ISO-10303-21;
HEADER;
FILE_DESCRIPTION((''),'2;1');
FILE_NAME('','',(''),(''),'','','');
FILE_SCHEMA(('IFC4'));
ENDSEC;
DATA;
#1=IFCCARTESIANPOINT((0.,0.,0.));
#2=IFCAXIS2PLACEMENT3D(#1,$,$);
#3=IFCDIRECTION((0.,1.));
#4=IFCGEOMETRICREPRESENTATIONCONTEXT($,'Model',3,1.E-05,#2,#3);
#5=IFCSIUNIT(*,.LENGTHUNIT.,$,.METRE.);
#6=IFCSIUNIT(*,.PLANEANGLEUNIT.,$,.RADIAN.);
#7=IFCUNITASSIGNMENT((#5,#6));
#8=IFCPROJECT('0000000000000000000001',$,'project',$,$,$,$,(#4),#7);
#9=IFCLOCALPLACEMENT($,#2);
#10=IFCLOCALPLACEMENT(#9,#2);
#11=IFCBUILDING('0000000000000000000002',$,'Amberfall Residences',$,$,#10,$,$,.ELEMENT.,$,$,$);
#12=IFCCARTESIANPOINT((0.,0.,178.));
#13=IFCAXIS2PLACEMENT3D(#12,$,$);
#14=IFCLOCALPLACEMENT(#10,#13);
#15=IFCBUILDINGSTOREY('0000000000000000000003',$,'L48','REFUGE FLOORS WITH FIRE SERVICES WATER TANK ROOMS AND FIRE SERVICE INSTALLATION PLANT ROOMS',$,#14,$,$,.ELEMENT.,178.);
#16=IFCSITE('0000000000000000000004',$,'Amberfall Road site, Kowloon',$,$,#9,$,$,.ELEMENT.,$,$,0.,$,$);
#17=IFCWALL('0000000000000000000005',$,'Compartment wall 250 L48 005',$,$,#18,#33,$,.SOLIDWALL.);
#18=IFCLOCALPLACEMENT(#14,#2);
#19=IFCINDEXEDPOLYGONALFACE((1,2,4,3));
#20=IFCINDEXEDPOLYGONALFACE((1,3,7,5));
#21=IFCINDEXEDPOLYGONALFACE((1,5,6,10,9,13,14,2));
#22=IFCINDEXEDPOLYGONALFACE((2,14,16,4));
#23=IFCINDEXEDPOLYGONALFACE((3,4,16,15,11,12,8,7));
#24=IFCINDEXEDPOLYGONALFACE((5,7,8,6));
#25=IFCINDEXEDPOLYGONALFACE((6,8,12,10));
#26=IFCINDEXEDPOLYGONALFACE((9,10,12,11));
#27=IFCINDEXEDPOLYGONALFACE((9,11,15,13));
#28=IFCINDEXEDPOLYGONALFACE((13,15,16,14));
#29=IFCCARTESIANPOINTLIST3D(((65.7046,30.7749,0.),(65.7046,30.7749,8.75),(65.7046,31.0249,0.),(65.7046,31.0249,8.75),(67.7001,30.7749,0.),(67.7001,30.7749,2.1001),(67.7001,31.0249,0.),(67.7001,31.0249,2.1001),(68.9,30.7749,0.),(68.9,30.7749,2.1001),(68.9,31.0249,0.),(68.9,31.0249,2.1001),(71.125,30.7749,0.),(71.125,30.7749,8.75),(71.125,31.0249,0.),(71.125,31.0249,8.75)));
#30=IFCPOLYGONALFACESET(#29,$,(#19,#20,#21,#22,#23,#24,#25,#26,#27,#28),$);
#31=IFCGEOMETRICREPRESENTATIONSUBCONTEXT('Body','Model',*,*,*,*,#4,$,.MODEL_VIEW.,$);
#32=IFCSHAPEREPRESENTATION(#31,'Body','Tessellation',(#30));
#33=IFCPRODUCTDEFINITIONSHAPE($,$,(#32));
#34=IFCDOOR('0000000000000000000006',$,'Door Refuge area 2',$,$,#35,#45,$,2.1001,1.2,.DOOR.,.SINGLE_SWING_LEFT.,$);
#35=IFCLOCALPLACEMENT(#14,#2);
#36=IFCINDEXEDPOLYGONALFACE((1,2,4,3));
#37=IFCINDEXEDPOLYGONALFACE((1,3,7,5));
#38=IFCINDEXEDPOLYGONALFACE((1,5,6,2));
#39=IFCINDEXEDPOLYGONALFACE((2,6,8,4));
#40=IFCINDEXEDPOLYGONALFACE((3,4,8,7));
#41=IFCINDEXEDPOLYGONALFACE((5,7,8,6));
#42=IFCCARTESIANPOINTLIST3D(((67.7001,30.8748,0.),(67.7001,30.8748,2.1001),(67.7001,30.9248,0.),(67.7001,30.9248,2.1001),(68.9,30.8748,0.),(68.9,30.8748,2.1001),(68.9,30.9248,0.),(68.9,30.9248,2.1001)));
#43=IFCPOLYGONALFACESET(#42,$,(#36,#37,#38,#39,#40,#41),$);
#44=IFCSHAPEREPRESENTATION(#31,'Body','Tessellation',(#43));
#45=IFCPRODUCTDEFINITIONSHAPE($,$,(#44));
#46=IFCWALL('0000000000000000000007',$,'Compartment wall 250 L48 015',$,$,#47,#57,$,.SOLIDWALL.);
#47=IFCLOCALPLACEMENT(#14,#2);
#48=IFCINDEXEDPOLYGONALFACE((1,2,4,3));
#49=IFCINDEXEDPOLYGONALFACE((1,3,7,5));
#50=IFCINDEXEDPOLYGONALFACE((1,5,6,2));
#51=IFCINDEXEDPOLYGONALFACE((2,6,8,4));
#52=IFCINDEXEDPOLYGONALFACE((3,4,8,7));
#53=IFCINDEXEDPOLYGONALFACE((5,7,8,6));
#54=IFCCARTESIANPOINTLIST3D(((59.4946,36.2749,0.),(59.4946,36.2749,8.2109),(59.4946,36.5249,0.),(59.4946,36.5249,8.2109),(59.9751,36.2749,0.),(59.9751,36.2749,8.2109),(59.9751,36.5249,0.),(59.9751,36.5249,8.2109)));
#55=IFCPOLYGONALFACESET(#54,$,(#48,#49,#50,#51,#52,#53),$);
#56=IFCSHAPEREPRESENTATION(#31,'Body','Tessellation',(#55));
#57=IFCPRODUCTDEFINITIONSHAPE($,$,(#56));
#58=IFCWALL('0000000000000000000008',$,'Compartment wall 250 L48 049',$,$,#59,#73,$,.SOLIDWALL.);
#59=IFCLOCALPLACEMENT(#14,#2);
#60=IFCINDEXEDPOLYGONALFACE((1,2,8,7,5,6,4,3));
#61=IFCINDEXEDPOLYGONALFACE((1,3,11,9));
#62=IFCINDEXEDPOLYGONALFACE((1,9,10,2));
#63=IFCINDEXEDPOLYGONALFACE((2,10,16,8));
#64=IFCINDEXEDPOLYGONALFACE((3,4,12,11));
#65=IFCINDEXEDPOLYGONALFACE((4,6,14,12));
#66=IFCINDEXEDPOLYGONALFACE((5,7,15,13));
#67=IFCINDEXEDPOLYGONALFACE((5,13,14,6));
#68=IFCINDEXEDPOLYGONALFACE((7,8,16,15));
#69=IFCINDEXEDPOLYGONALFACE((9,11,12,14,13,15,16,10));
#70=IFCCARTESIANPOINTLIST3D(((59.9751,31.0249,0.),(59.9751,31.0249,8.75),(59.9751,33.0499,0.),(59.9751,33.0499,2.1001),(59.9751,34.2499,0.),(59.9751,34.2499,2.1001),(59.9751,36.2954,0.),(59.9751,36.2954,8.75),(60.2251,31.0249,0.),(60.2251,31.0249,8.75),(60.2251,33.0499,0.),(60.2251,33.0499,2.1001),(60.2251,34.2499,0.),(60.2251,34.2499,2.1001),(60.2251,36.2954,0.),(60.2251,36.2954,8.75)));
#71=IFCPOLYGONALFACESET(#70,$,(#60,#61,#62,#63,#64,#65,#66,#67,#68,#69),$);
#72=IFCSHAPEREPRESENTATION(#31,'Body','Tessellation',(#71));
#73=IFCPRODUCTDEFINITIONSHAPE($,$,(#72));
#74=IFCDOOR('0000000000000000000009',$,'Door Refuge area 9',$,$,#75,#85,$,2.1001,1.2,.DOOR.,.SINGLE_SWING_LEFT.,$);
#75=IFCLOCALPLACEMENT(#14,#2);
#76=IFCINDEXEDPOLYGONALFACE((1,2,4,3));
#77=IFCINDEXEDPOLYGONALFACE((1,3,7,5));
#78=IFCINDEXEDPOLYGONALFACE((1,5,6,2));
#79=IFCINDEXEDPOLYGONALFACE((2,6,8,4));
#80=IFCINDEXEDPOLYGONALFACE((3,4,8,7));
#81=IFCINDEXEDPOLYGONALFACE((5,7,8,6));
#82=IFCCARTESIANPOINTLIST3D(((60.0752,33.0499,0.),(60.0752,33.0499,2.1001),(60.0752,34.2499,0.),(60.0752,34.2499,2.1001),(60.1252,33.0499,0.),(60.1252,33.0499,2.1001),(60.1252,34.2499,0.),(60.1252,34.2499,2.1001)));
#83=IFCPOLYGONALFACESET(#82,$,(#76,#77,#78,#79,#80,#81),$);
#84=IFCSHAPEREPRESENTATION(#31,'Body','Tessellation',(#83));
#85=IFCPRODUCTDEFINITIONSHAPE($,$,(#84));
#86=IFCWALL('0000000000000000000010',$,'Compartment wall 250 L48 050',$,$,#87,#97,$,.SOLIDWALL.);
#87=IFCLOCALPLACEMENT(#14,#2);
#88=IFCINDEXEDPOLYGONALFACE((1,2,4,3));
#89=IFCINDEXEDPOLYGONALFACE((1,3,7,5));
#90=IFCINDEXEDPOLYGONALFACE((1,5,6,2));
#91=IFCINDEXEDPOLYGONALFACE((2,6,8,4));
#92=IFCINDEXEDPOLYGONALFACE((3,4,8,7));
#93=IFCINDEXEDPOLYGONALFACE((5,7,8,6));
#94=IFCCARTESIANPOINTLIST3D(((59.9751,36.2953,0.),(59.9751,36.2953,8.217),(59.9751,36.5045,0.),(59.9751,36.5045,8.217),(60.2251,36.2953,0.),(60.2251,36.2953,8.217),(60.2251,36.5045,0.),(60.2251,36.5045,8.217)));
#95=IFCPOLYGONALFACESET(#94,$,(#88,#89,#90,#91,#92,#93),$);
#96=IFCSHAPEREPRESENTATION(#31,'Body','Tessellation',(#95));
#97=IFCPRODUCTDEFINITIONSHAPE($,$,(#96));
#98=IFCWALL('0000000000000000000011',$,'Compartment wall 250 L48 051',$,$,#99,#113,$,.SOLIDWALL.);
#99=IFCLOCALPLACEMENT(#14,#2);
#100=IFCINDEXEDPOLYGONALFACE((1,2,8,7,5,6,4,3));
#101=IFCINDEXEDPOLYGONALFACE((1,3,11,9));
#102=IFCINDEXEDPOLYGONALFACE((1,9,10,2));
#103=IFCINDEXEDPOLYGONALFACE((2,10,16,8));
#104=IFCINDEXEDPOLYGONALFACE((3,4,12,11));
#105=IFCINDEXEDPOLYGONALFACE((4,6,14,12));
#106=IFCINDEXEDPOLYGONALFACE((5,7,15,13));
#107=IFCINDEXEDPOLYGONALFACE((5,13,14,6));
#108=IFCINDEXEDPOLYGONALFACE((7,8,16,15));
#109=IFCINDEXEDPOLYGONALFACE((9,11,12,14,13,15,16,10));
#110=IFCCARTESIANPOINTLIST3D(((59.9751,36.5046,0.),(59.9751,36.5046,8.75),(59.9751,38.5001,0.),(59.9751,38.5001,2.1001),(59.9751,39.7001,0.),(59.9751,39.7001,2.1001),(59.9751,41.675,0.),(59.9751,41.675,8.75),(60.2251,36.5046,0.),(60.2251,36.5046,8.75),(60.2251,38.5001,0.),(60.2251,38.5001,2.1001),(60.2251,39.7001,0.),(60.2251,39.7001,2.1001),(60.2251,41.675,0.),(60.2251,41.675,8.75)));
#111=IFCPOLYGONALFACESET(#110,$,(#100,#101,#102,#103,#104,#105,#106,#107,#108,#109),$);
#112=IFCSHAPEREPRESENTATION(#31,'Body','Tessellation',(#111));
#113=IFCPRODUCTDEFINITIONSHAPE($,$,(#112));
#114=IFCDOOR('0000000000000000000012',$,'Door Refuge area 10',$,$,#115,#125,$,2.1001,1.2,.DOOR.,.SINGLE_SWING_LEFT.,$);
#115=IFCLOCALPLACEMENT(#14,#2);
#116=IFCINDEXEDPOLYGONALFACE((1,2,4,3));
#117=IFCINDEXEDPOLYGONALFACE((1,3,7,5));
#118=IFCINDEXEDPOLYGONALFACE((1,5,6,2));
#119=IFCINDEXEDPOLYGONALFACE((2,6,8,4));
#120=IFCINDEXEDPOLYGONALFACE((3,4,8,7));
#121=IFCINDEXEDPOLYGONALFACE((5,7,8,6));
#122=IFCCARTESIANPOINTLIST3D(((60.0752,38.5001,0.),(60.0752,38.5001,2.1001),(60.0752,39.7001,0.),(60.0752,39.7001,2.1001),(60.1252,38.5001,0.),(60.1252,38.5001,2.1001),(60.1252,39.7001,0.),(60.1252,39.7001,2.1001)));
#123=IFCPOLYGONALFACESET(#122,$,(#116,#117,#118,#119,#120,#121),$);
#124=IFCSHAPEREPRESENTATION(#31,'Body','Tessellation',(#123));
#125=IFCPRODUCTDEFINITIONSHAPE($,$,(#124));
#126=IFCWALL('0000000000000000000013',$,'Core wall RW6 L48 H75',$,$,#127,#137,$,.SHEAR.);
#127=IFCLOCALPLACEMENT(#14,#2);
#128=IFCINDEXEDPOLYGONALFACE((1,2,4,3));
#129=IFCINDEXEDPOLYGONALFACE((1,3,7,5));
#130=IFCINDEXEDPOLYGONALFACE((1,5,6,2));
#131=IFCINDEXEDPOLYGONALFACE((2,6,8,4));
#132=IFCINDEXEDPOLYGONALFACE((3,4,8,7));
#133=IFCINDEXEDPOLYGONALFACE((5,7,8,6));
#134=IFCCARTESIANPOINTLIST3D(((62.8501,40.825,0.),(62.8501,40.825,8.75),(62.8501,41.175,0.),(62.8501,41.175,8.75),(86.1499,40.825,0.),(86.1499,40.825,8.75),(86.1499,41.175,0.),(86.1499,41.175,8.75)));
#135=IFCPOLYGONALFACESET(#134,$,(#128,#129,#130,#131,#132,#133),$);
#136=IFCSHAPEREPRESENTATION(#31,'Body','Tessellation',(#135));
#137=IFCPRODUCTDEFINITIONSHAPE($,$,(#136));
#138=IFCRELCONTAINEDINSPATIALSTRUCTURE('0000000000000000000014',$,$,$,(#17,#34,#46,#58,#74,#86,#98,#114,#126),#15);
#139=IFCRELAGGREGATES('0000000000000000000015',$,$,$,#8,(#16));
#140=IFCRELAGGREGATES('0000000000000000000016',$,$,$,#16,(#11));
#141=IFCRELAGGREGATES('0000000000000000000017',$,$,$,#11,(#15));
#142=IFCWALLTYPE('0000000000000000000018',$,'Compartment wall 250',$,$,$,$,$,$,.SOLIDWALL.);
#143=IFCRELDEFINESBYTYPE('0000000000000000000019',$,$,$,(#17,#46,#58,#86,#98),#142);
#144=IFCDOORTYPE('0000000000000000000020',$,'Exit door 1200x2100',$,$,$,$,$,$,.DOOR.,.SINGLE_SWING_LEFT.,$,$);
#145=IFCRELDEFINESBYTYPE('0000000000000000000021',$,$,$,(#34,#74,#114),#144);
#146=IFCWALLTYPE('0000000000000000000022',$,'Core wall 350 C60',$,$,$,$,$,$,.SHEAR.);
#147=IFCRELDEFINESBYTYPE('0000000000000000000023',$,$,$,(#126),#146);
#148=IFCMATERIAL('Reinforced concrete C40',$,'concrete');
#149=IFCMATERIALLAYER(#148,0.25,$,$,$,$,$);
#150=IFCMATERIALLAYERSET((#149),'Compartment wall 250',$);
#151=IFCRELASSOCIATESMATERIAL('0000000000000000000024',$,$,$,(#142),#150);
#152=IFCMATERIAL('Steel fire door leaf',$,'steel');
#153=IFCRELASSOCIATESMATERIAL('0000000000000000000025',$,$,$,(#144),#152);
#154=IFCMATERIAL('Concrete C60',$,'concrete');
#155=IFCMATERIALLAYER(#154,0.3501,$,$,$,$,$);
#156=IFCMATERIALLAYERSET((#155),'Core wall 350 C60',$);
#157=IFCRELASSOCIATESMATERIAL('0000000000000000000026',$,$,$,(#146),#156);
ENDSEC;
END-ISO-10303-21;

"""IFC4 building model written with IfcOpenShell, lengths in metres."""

from ifc_helpers import new_model, si_unit, direction, frame, frame_2d, origin, place, context, subcontext, project, spatial, rectangle, extrude, material, layer, layer_set, type_object, element, fill, save


model = new_model("IFC4")

# Units and contexts
model_context = context("Model", 3, precision=1e-05, world=origin(), true_north=direction((0.0, 1.0)))
body_context = subcontext(model_context, "Body", "Model", "MODEL_VIEW")
ifc_project = project(units=[si_unit("LENGTHUNIT", "METRE"), si_unit("PLANEANGLEUNIT", "RADIAN")], contexts=[model_context])

# Site, building, storey
site_placement = place(None, origin())
site = spatial("IfcSite", under=ifc_project, at=site_placement, Name="Amberfall Road site, Kowloon", CompositionType="ELEMENT", RefElevation=0.0)
building_placement = place(site_placement, origin())
building = spatial("IfcBuilding", under=site, at=building_placement, Name="Amberfall Residences", CompositionType="ELEMENT")
storey_placement = place(building_placement, frame((0.0, 0.0, 178.0)))
storey = spatial("IfcBuildingStorey", under=building, at=storey_placement, Name="L48", Description="REFUGE FLOORS WITH FIRE SERVICES WATER TANK ROOMS AND FIRE SERVICE INSTALLATION PLANT ROOMS", CompositionType="ELEMENT", Elevation=178.0)

# Wall, opening, door
ifc_material_1 = material(Name="Reinforced concrete C40", Category="concrete")
ifc_layer_1 = layer(ifc_material_1, 0.25)
ifc_layer_set_1 = layer_set([ifc_layer_1], Name="Compartment wall 250")
wall_type_1 = type_object("IfcWallType", Name="Compartment wall 250", PredefinedType="SOLIDWALL", material=ifc_layer_set_1)
wall_1_placement = place(storey_placement, frame((65.7046, 30.8999, 0.0), z_axis=(0.0, 0.0, 1.0), x_axis=(1.0, 0.0, 0.0)))
wall_1 = element("IfcWall", 1, at=wall_1_placement, inside=storey, type_object=wall_type_1, Name="Compartment wall 250 L48 005", PredefinedType="SOLIDWALL", context=body_context, shape_type="SweptSolid", body=[
    extrude(rectangle(XDim=5.4204, YDim=0.25, at=frame_2d((2.7102, 0.0))), origin(), (0.0, 0.0, 1.0), 8.75),
])
opening_1_placement = place(wall_1_placement, frame((1.9954, 0.0, 0.0)))
opening_1 = element("IfcOpeningElement", 2, at=opening_1_placement, cuts=wall_1, PredefinedType="OPENING", context=body_context, shape_type="SweptSolid", body=[
    extrude(rectangle(XDim=1.2, YDim=2.1001, at=frame_2d((0.6001, 1.05))), frame((0.0, 0.135, 0.0), z_axis=(0.0, -1.0, 0.0), x_axis=(1.0, 0.0, 0.0)), (0.0, 0.0, 1.0), 0.27),
])
ifc_material_2 = material(Name="Steel fire door leaf", Category="steel")
door_type_1 = type_object("IfcDoorType", Name="Exit door 1200x2100", OperationType="SINGLE_SWING_LEFT", PredefinedType="DOOR", material=ifc_material_2)
door_1_placement = place(opening_1_placement, origin())
door_1 = element("IfcDoor", 3, at=door_1_placement, inside=storey, type_object=door_type_1, Name="Door Refuge area 2", OperationType="SINGLE_SWING_LEFT", OverallHeight=2.1001, OverallWidth=1.2, PredefinedType="DOOR", context=body_context, shape_type="SweptSolid", body=[
    extrude(rectangle(XDim=1.2, YDim=2.1001, at=frame_2d((0.6001, 1.05))), frame((0.0, 0.0249, 0.0), z_axis=(0.0, -1.0, 0.0), x_axis=(1.0, 0.0, 0.0)), (0.0, 0.0, 1.0), 0.05),
])
fill(opening_1, door_1)

# Wall
wall_2_placement = place(storey_placement, frame((59.4946, 36.3999, 0.0), z_axis=(0.0, 0.0, 1.0), x_axis=(1.0, 0.0, 0.0)))
element("IfcWall", 4, at=wall_2_placement, inside=storey, type_object=wall_type_1, Name="Compartment wall 250 L48 015", PredefinedType="SOLIDWALL", context=body_context, shape_type="SweptSolid", body=[
    extrude(rectangle(XDim=0.4805, YDim=0.25, at=frame_2d((0.2402, 0.0))), origin(), (0.0, 0.0, 1.0), 8.2109),
])

# Wall, opening, door
wall_3_placement = place(storey_placement, frame((60.1001, 31.0249, 0.0), z_axis=(0.0, 0.0, 1.0), x_axis=(0.0, 1.0, 0.0)))
wall_3 = element("IfcWall", 5, at=wall_3_placement, inside=storey, type_object=wall_type_1, Name="Compartment wall 250 L48 049", PredefinedType="SOLIDWALL", context=body_context, shape_type="SweptSolid", body=[
    extrude(rectangle(XDim=5.2705, YDim=0.25, at=frame_2d((2.6353, 0.0))), origin(), (0.0, 0.0, 1.0), 8.75),
])
opening_2_placement = place(wall_3_placement, frame((2.0249, 0.0, 0.0)))
opening_2 = element("IfcOpeningElement", 6, at=opening_2_placement, cuts=wall_3, PredefinedType="OPENING", context=body_context, shape_type="SweptSolid", body=[
    extrude(rectangle(XDim=1.2, YDim=2.1001, at=frame_2d((0.6001, 1.05))), frame((0.0, 0.135, 0.0), z_axis=(0.0, -1.0, 0.0), x_axis=(1.0, 0.0, 0.0)), (0.0, 0.0, 1.0), 0.27),
])
door_2_placement = place(opening_2_placement, origin())
door_2 = element("IfcDoor", 7, at=door_2_placement, inside=storey, type_object=door_type_1, Name="Door Refuge area 9", OperationType="SINGLE_SWING_LEFT", OverallHeight=2.1001, OverallWidth=1.2, PredefinedType="DOOR", context=body_context, shape_type="SweptSolid", body=[
    extrude(rectangle(XDim=1.2, YDim=2.1001, at=frame_2d((0.6001, 1.05))), frame((0.0, 0.0249, 0.0), z_axis=(0.0, -1.0, 0.0), x_axis=(1.0, 0.0, 0.0)), (0.0, 0.0, 1.0), 0.05),
])
fill(opening_2, door_2)

# Wall
wall_4_placement = place(storey_placement, frame((60.1001, 36.2954, 0.0), z_axis=(0.0, 0.0, 1.0), x_axis=(0.0, 1.0, 0.0)))
element("IfcWall", 8, at=wall_4_placement, inside=storey, type_object=wall_type_1, Name="Compartment wall 250 L48 050", PredefinedType="SOLIDWALL", context=body_context, shape_type="SweptSolid", body=[
    extrude(rectangle(XDim=0.2092, YDim=0.25, at=frame_2d((0.1045, 0.0))), origin(), (0.0, 0.0, 1.0), 8.217),
])

# Wall, opening, door
wall_5_placement = place(storey_placement, frame((60.1001, 36.5046, 0.0), z_axis=(0.0, 0.0, 1.0), x_axis=(0.0, 1.0, 0.0)))
wall_5 = element("IfcWall", 9, at=wall_5_placement, inside=storey, type_object=wall_type_1, Name="Compartment wall 250 L48 051", PredefinedType="SOLIDWALL", context=body_context, shape_type="SweptSolid", body=[
    extrude(rectangle(XDim=5.1704, YDim=0.25, at=frame_2d((2.5852, 0.0))), origin(), (0.0, 0.0, 1.0), 8.75),
])
opening_3_placement = place(wall_5_placement, frame((1.9954, 0.0, 0.0)))
opening_3 = element("IfcOpeningElement", 10, at=opening_3_placement, cuts=wall_5, PredefinedType="OPENING", context=body_context, shape_type="SweptSolid", body=[
    extrude(rectangle(XDim=1.2, YDim=2.1001, at=frame_2d((0.6001, 1.05))), frame((0.0, 0.135, 0.0), z_axis=(0.0, -1.0, 0.0), x_axis=(1.0, 0.0, 0.0)), (0.0, 0.0, 1.0), 0.27),
])
door_3_placement = place(opening_3_placement, origin())
door_3 = element("IfcDoor", 11, at=door_3_placement, inside=storey, type_object=door_type_1, Name="Door Refuge area 10", OperationType="SINGLE_SWING_LEFT", OverallHeight=2.1001, OverallWidth=1.2, PredefinedType="DOOR", context=body_context, shape_type="SweptSolid", body=[
    extrude(rectangle(XDim=1.2, YDim=2.1001, at=frame_2d((0.6001, 1.05))), frame((0.0, 0.0249, 0.0), z_axis=(0.0, -1.0, 0.0), x_axis=(1.0, 0.0, 0.0)), (0.0, 0.0, 1.0), 0.05),
])
fill(opening_3, door_3)

# Wall
ifc_material_3 = material(Name="Concrete C60", Category="concrete")
ifc_layer_2 = layer(ifc_material_3, 0.3501)
ifc_layer_set_2 = layer_set([ifc_layer_2], Name="Core wall 350 C60")
wall_type_2 = type_object("IfcWallType", Name="Core wall 350 C60", PredefinedType="SHEAR", material=ifc_layer_set_2)
wall_6_placement = place(storey_placement, frame((62.8501, 41.0, 0.0), z_axis=(0.0, 0.0, 1.0), x_axis=(1.0, 0.0, 0.0)))
element("IfcWall", 12, at=wall_6_placement, inside=storey, type_object=wall_type_2, Name="Core wall RW6 L48 H75", PredefinedType="SHEAR", context=body_context, shape_type="SweptSolid", body=[
    extrude(rectangle(XDim=23.2998, YDim=0.3501, at=frame_2d((11.6499, 0.0))), origin(), (0.0, 0.0, 1.0), 8.75),
])

save(model, "model.ifc")
